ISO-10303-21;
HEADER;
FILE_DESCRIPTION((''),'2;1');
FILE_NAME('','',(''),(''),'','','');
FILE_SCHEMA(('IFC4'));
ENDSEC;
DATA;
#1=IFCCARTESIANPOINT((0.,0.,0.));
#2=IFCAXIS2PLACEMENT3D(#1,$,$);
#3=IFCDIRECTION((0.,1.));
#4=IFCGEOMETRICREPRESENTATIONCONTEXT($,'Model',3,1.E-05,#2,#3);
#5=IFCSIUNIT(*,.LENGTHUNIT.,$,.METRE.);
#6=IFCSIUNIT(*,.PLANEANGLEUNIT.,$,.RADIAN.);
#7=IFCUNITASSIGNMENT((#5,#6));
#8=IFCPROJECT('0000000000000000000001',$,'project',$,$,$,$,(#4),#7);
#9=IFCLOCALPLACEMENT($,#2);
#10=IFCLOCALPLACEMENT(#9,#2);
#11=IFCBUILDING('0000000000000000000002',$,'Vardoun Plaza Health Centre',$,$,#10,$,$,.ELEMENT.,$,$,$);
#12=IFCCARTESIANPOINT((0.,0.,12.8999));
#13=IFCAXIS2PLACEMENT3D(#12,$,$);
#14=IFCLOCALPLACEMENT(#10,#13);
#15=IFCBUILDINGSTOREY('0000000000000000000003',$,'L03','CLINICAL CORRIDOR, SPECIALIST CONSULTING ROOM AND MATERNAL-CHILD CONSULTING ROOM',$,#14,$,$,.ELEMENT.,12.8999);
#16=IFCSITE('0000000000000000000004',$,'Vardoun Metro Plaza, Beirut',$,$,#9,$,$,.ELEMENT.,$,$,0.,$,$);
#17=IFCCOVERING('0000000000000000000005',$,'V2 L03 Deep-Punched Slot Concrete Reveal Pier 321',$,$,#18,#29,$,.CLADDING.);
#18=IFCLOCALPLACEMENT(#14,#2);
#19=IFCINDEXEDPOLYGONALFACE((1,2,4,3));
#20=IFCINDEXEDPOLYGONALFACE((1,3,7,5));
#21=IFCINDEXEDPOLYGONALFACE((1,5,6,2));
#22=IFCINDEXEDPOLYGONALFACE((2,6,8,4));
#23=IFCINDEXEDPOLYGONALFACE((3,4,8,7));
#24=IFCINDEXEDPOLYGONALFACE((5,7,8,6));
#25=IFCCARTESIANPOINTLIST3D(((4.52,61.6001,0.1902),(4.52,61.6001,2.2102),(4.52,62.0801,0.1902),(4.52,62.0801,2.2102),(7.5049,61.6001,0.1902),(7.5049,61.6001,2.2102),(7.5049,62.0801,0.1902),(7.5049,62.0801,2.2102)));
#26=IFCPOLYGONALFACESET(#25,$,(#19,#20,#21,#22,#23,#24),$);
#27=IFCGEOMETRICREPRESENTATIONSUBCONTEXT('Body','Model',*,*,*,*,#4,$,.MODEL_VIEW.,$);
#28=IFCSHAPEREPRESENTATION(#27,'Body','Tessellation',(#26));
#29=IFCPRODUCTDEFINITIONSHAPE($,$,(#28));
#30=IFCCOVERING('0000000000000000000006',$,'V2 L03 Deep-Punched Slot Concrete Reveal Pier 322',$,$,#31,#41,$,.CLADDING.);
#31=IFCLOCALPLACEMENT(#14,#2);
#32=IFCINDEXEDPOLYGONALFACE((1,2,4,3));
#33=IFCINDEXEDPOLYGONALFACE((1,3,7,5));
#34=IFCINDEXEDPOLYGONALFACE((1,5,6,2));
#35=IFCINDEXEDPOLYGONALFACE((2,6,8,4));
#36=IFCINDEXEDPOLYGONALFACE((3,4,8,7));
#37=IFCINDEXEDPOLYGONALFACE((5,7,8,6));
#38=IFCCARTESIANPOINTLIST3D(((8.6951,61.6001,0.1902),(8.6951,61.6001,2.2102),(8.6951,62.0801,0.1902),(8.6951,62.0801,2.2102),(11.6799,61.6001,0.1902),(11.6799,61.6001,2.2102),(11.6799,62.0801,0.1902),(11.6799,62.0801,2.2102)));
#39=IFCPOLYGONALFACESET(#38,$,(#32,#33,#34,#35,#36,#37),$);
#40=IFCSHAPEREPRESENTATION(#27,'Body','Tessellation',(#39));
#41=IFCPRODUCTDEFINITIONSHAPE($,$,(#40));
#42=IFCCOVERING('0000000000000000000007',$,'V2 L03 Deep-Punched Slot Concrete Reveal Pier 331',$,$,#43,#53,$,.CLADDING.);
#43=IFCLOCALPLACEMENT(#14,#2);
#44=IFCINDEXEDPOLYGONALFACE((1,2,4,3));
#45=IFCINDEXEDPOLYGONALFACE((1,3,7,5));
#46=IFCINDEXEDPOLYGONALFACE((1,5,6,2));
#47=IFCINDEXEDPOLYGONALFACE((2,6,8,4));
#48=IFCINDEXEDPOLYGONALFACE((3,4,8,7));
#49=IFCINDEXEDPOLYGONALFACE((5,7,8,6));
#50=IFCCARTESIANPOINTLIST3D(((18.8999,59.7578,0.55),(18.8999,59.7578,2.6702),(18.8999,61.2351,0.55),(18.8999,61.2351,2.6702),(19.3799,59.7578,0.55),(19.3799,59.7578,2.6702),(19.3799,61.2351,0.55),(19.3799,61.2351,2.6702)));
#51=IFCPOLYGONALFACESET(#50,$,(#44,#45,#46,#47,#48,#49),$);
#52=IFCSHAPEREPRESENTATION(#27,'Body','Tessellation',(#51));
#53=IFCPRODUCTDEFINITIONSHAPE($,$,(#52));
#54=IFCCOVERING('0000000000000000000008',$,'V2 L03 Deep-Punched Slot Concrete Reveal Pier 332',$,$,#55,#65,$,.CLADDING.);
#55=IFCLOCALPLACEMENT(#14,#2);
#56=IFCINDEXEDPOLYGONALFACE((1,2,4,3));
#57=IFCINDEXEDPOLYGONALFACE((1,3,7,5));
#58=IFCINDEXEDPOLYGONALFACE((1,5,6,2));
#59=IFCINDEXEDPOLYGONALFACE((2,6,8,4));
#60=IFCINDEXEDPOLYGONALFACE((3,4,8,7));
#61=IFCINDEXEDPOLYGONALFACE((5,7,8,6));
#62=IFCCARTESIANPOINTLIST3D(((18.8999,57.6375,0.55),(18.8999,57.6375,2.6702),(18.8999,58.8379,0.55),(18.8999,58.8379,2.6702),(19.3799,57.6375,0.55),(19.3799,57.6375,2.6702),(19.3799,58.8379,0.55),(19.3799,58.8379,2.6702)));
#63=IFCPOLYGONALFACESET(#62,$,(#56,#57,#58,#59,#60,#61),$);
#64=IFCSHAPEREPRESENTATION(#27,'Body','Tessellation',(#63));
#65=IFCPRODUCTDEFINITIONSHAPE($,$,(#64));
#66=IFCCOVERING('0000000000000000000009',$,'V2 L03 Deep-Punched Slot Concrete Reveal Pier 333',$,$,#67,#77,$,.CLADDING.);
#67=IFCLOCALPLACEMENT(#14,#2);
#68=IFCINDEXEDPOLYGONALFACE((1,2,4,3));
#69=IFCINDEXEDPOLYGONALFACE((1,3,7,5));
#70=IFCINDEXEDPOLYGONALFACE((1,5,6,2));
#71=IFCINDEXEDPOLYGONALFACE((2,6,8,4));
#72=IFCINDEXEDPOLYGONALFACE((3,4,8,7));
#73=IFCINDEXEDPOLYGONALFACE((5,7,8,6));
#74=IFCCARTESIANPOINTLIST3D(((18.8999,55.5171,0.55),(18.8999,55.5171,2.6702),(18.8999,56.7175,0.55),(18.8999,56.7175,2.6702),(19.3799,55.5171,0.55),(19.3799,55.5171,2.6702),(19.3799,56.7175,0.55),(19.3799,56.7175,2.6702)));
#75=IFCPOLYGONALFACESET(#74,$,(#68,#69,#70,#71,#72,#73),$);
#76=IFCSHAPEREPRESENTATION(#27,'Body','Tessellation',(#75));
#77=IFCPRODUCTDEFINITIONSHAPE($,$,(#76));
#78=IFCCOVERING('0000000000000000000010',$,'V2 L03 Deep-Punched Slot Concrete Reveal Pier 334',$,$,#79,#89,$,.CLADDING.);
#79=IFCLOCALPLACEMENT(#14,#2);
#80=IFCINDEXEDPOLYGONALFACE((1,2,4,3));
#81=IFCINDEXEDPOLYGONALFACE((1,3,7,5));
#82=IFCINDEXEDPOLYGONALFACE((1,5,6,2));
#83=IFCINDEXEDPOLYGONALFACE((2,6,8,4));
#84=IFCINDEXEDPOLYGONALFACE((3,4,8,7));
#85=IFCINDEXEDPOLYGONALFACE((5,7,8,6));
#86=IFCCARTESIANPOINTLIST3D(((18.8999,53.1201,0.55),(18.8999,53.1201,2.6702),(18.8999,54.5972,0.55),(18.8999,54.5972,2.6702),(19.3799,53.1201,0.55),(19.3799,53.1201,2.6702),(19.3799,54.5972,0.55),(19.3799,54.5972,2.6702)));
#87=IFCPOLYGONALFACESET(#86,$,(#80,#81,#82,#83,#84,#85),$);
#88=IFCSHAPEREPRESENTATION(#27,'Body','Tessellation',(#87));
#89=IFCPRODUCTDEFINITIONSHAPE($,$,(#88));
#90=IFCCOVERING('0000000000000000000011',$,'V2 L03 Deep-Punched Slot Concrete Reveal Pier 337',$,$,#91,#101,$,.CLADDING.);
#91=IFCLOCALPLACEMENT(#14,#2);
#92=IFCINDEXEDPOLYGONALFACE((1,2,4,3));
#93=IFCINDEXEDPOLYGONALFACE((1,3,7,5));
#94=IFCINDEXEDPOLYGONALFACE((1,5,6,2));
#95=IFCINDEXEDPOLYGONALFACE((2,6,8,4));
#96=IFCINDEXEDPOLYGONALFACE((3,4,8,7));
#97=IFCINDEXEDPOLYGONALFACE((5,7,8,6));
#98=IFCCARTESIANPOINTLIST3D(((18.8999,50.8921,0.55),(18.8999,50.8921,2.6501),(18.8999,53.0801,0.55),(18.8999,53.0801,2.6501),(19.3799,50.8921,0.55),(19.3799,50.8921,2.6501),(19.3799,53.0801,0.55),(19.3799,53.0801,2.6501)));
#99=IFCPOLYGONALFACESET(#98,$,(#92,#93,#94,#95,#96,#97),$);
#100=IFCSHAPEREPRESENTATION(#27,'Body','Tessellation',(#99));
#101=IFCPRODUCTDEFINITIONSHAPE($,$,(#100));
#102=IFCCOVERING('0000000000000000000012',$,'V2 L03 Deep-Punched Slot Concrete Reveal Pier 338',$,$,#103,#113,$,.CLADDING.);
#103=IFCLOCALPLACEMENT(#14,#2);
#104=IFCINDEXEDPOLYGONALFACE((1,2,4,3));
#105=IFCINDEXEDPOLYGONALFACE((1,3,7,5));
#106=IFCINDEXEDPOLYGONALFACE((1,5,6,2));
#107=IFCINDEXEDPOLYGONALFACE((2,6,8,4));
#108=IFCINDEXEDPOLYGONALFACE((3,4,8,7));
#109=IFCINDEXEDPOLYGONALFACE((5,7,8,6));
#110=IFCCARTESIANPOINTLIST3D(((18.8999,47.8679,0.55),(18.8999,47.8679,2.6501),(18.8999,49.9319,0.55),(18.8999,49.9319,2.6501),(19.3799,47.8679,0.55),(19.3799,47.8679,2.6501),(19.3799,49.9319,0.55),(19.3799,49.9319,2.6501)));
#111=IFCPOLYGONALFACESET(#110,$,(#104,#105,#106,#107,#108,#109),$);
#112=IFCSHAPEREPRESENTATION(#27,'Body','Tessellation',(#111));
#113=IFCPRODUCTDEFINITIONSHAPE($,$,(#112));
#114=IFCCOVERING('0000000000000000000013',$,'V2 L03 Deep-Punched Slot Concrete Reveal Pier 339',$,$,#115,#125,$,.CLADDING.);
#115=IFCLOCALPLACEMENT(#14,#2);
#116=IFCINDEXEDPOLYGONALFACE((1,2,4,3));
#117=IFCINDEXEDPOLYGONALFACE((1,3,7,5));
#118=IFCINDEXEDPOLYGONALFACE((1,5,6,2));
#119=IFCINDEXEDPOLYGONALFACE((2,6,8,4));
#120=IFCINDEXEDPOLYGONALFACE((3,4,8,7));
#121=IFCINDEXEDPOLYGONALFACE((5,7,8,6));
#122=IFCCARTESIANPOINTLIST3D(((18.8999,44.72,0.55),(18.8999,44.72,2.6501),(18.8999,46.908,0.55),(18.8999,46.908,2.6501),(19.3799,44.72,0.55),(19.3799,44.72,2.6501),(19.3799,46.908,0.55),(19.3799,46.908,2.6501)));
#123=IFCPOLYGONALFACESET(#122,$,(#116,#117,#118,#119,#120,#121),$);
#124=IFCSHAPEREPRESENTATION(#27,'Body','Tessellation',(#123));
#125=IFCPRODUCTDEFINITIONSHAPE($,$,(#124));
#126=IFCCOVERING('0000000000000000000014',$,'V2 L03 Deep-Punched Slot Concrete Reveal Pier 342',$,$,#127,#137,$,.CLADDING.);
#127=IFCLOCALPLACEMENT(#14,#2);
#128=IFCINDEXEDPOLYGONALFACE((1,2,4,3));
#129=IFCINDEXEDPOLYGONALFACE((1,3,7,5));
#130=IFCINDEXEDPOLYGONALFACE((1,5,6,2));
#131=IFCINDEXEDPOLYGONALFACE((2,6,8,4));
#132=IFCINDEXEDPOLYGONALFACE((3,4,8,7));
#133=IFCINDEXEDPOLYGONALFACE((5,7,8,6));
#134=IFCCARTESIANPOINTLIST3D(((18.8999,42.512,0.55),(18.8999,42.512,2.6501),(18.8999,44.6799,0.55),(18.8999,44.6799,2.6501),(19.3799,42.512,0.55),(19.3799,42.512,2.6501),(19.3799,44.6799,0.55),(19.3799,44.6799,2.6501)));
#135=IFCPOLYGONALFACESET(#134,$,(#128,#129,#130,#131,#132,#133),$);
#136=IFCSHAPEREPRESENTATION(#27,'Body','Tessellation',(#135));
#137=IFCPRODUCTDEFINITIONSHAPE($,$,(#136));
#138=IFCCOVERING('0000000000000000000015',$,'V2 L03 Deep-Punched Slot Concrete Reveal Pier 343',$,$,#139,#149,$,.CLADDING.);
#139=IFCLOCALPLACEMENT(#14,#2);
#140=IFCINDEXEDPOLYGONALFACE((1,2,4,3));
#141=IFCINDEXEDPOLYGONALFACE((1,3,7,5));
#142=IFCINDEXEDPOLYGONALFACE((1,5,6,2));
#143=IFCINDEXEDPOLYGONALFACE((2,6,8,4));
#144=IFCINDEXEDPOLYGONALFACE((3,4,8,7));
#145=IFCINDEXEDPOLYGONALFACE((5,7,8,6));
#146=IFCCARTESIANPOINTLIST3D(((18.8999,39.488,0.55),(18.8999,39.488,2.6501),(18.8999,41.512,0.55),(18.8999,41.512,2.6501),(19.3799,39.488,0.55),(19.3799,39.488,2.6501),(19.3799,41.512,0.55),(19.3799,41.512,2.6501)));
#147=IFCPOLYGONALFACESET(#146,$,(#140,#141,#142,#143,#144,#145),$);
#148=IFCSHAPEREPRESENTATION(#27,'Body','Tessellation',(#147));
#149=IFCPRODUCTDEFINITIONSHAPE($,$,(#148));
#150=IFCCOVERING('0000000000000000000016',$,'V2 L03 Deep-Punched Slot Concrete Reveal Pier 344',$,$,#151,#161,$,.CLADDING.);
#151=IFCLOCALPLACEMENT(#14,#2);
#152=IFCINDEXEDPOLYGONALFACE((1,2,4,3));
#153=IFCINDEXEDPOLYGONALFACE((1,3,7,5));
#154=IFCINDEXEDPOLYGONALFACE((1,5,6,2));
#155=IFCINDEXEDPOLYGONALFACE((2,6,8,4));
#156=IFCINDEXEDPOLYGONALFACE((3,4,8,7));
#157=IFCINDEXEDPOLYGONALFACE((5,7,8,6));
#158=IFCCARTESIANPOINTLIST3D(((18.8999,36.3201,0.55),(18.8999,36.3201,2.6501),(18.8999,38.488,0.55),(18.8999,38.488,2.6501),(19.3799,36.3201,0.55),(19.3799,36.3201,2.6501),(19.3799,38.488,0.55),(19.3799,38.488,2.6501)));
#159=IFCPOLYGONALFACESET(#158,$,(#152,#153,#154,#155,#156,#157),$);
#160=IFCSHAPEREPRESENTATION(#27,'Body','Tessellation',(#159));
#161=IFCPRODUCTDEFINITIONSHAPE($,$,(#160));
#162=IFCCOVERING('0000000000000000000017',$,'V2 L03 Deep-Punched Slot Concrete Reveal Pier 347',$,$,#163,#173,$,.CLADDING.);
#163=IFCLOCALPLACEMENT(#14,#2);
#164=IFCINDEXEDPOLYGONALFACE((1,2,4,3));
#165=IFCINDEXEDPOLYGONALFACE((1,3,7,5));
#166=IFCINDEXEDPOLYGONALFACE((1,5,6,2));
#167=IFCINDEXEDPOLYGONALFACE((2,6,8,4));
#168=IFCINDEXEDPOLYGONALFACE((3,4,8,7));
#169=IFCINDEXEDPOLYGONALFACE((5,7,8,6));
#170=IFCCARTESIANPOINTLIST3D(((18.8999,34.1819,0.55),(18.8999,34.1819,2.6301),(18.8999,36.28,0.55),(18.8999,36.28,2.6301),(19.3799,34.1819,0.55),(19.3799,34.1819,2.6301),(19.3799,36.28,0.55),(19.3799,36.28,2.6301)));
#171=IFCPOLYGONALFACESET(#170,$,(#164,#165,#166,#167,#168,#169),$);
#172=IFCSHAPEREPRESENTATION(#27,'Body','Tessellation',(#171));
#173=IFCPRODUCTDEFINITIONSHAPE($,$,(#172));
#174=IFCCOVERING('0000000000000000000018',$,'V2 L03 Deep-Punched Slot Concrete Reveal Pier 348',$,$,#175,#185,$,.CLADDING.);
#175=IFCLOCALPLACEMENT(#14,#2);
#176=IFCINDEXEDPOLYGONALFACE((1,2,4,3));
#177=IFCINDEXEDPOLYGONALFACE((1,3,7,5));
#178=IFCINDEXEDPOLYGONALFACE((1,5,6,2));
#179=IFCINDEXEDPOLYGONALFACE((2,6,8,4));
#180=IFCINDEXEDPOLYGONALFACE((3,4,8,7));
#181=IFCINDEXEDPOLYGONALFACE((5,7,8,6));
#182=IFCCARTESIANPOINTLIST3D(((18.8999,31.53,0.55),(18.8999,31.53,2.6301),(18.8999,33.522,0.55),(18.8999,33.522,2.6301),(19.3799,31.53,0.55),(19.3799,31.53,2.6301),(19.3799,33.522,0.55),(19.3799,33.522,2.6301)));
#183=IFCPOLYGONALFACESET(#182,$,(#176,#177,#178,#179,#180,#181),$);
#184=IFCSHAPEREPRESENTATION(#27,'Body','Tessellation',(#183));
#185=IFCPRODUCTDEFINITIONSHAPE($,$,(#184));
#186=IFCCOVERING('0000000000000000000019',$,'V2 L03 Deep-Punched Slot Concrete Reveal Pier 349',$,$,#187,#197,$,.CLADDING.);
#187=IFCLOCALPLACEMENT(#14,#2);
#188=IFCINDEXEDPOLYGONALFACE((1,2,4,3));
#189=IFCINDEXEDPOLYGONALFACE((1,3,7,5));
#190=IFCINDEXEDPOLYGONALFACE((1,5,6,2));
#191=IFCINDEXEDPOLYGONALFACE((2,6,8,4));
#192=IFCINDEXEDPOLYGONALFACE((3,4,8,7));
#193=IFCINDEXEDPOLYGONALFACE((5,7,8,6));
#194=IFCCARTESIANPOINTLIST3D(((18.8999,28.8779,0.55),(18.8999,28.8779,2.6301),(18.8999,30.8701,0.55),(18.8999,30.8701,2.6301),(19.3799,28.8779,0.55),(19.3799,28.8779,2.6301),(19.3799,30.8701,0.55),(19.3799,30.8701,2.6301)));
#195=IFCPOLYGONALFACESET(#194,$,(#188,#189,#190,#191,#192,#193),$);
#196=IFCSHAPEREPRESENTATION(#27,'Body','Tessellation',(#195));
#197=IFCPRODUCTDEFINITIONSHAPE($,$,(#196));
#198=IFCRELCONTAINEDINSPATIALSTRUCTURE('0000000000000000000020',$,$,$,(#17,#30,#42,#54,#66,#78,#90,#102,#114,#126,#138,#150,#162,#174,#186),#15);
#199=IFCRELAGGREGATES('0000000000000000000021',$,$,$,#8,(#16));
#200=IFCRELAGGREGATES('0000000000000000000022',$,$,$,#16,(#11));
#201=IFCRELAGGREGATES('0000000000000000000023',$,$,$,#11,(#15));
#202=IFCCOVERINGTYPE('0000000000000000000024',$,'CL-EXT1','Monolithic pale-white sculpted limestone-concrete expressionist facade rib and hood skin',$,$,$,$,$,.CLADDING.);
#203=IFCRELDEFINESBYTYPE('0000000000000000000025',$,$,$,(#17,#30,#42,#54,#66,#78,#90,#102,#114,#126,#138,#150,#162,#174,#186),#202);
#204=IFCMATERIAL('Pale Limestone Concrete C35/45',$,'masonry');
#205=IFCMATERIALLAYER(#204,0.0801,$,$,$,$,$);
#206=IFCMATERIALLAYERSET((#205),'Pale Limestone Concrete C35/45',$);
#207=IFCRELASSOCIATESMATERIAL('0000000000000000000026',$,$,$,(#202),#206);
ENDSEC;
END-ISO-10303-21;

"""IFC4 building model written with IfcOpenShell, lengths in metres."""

from ifc_helpers import new_model, si_unit, direction, frame, origin, place, context, subcontext, project, spatial, polyline, outline, extrude, material, layer, layer_set, type_object, element, save


model = new_model("IFC4")

# Units and contexts
model_context = context("Model", 3, precision=1e-05, world=origin(), true_north=direction((0.0, 1.0)))
body_context = subcontext(model_context, "Body", "Model", "MODEL_VIEW")
ifc_project = project(units=[si_unit("LENGTHUNIT", "METRE"), si_unit("PLANEANGLEUNIT", "RADIAN")], contexts=[model_context])

# Site, building, storey
site_placement = place(None, origin())
site = spatial("IfcSite", under=ifc_project, at=site_placement, Name="Vardoun Metro Plaza, Beirut", CompositionType="ELEMENT", RefElevation=0.0)
building_placement = place(site_placement, origin())
building = spatial("IfcBuilding", under=site, at=building_placement, Name="Vardoun Plaza Health Centre", CompositionType="ELEMENT")
storey_placement = place(building_placement, frame((0.0, 0.0, 12.8999)))
storey = spatial("IfcBuildingStorey", under=building, at=storey_placement, Name="L03", Description="CLINICAL CORRIDOR, SPECIALIST CONSULTING ROOM AND MATERNAL-CHILD CONSULTING ROOM", CompositionType="ELEMENT", Elevation=12.8999)

# Coverings
ifc_material_1 = material(Name="Pale Limestone Concrete C35/45", Category="masonry")
ifc_layer_1 = layer(ifc_material_1, 0.0801)
ifc_layer_set_1 = layer_set([ifc_layer_1], Name="Pale Limestone Concrete C35/45")
covering_type_1 = type_object("IfcCoveringType", Name="CL-EXT1", Description="Monolithic pale-white sculpted limestone-concrete expressionist facade rib and hood skin", PredefinedType="CLADDING", material=ifc_layer_set_1)
covering_1_placement = place(storey_placement, frame((0.0, 0.0, 0.1902)))
element("IfcCovering", 1, at=covering_1_placement, inside=storey, type_object=covering_type_1, Name="V2 L03 Deep-Punched Slot Concrete Reveal Pier 321", PredefinedType="CLADDING", context=body_context, shape_type="SweptSolid", body=[
    extrude(outline(polyline([(4.52, 61.6001), (7.5049, 61.6001), (7.5049, 62.0801), (4.52, 62.0801), (4.52, 61.6001)])), origin(), (0.0, 0.0, 1.0), 2.02),
])
covering_2_placement = place(storey_placement, frame((0.0, 0.0, 0.1902)))
element("IfcCovering", 2, at=covering_2_placement, inside=storey, type_object=covering_type_1, Name="V2 L03 Deep-Punched Slot Concrete Reveal Pier 322", PredefinedType="CLADDING", context=body_context, shape_type="SweptSolid", body=[
    extrude(outline(polyline([(8.6951, 61.6001), (11.6799, 61.6001), (11.6799, 62.0801), (8.6951, 62.0801), (8.6951, 61.6001)])), origin(), (0.0, 0.0, 1.0), 2.02),
])
covering_3_placement = place(storey_placement, frame((0.0, 0.0, 0.55)))
element("IfcCovering", 3, at=covering_3_placement, inside=storey, type_object=covering_type_1, Name="V2 L03 Deep-Punched Slot Concrete Reveal Pier 331", PredefinedType="CLADDING", context=body_context, shape_type="SweptSolid", body=[
    extrude(outline(polyline([(18.8999, 61.2351), (18.8999, 59.7578), (19.3799, 59.7578), (19.3799, 61.2351), (18.8999, 61.2351)])), origin(), (0.0, 0.0, 1.0), 2.1201),
])
covering_4_placement = place(storey_placement, frame((0.0, 0.0, 0.55)))
element("IfcCovering", 4, at=covering_4_placement, inside=storey, type_object=covering_type_1, Name="V2 L03 Deep-Punched Slot Concrete Reveal Pier 332", PredefinedType="CLADDING", context=body_context, shape_type="SweptSolid", body=[
    extrude(outline(polyline([(18.8999, 58.8379), (18.8999, 57.6375), (19.3799, 57.6375), (19.3799, 58.8379), (18.8999, 58.8379)])), origin(), (0.0, 0.0, 1.0), 2.1201),
])
covering_5_placement = place(storey_placement, frame((0.0, 0.0, 0.55)))
element("IfcCovering", 5, at=covering_5_placement, inside=storey, type_object=covering_type_1, Name="V2 L03 Deep-Punched Slot Concrete Reveal Pier 333", PredefinedType="CLADDING", context=body_context, shape_type="SweptSolid", body=[
    extrude(outline(polyline([(18.8999, 56.7175), (18.8999, 55.5171), (19.3799, 55.5171), (19.3799, 56.7175), (18.8999, 56.7175)])), origin(), (0.0, 0.0, 1.0), 2.1201),
])
covering_6_placement = place(storey_placement, frame((0.0, 0.0, 0.55)))
element("IfcCovering", 6, at=covering_6_placement, inside=storey, type_object=covering_type_1, Name="V2 L03 Deep-Punched Slot Concrete Reveal Pier 334", PredefinedType="CLADDING", context=body_context, shape_type="SweptSolid", body=[
    extrude(outline(polyline([(18.8999, 54.5972), (18.8999, 53.1201), (19.3799, 53.1201), (19.3799, 54.5972), (18.8999, 54.5972)])), origin(), (0.0, 0.0, 1.0), 2.1201),
])
covering_7_placement = place(storey_placement, frame((0.0, 0.0, 0.55)))
element("IfcCovering", 7, at=covering_7_placement, inside=storey, type_object=covering_type_1, Name="V2 L03 Deep-Punched Slot Concrete Reveal Pier 337", PredefinedType="CLADDING", context=body_context, shape_type="SweptSolid", body=[
    extrude(outline(polyline([(18.8999, 53.0801), (18.8999, 50.8921), (19.3799, 50.8921), (19.3799, 53.0801), (18.8999, 53.0801)])), origin(), (0.0, 0.0, 1.0), 2.1001),
])
covering_8_placement = place(storey_placement, frame((0.0, 0.0, 0.55)))
element("IfcCovering", 8, at=covering_8_placement, inside=storey, type_object=covering_type_1, Name="V2 L03 Deep-Punched Slot Concrete Reveal Pier 338", PredefinedType="CLADDING", context=body_context, shape_type="SweptSolid", body=[
    extrude(outline(polyline([(18.8999, 49.9319), (18.8999, 47.8679), (19.3799, 47.8679), (19.3799, 49.9319), (18.8999, 49.9319)])), origin(), (0.0, 0.0, 1.0), 2.1001),
])
covering_9_placement = place(storey_placement, frame((0.0, 0.0, 0.55)))
element("IfcCovering", 9, at=covering_9_placement, inside=storey, type_object=covering_type_1, Name="V2 L03 Deep-Punched Slot Concrete Reveal Pier 339", PredefinedType="CLADDING", context=body_context, shape_type="SweptSolid", body=[
    extrude(outline(polyline([(18.8999, 46.908), (18.8999, 44.72), (19.3799, 44.72), (19.3799, 46.908), (18.8999, 46.908)])), origin(), (0.0, 0.0, 1.0), 2.1001),
])
covering_10_placement = place(storey_placement, frame((0.0, 0.0, 0.55)))
element("IfcCovering", 10, at=covering_10_placement, inside=storey, type_object=covering_type_1, Name="V2 L03 Deep-Punched Slot Concrete Reveal Pier 342", PredefinedType="CLADDING", context=body_context, shape_type="SweptSolid", body=[
    extrude(outline(polyline([(18.8999, 44.6799), (18.8999, 42.512), (19.3799, 42.512), (19.3799, 44.6799), (18.8999, 44.6799)])), origin(), (0.0, 0.0, 1.0), 2.1001),
])
covering_11_placement = place(storey_placement, frame((0.0, 0.0, 0.55)))
element("IfcCovering", 11, at=covering_11_placement, inside=storey, type_object=covering_type_1, Name="V2 L03 Deep-Punched Slot Concrete Reveal Pier 343", PredefinedType="CLADDING", context=body_context, shape_type="SweptSolid", body=[
    extrude(outline(polyline([(18.8999, 41.512), (18.8999, 39.488), (19.3799, 39.488), (19.3799, 41.512), (18.8999, 41.512)])), origin(), (0.0, 0.0, 1.0), 2.1001),
])
covering_12_placement = place(storey_placement, frame((0.0, 0.0, 0.55)))
element("IfcCovering", 12, at=covering_12_placement, inside=storey, type_object=covering_type_1, Name="V2 L03 Deep-Punched Slot Concrete Reveal Pier 344", PredefinedType="CLADDING", context=body_context, shape_type="SweptSolid", body=[
    extrude(outline(polyline([(18.8999, 38.488), (18.8999, 36.3201), (19.3799, 36.3201), (19.3799, 38.488), (18.8999, 38.488)])), origin(), (0.0, 0.0, 1.0), 2.1001),
])
covering_13_placement = place(storey_placement, frame((0.0, 0.0, 0.55)))
element("IfcCovering", 13, at=covering_13_placement, inside=storey, type_object=covering_type_1, Name="V2 L03 Deep-Punched Slot Concrete Reveal Pier 347", PredefinedType="CLADDING", context=body_context, shape_type="SweptSolid", body=[
    extrude(outline(polyline([(18.8999, 36.28), (18.8999, 34.1819), (19.3799, 34.1819), (19.3799, 36.28), (18.8999, 36.28)])), origin(), (0.0, 0.0, 1.0), 2.0801),
])
covering_14_placement = place(storey_placement, frame((0.0, 0.0, 0.55)))
element("IfcCovering", 14, at=covering_14_placement, inside=storey, type_object=covering_type_1, Name="V2 L03 Deep-Punched Slot Concrete Reveal Pier 348", PredefinedType="CLADDING", context=body_context, shape_type="SweptSolid", body=[
    extrude(outline(polyline([(18.8999, 33.522), (18.8999, 31.53), (19.3799, 31.53), (19.3799, 33.522), (18.8999, 33.522)])), origin(), (0.0, 0.0, 1.0), 2.0801),
])
covering_15_placement = place(storey_placement, frame((0.0, 0.0, 0.55)))
element("IfcCovering", 15, at=covering_15_placement, inside=storey, type_object=covering_type_1, Name="V2 L03 Deep-Punched Slot Concrete Reveal Pier 349", PredefinedType="CLADDING", context=body_context, shape_type="SweptSolid", body=[
    extrude(outline(polyline([(18.8999, 30.8701), (18.8999, 28.8779), (19.3799, 28.8779), (19.3799, 30.8701), (18.8999, 30.8701)])), origin(), (0.0, 0.0, 1.0), 2.0801),
])

save(model, "model.ifc")
